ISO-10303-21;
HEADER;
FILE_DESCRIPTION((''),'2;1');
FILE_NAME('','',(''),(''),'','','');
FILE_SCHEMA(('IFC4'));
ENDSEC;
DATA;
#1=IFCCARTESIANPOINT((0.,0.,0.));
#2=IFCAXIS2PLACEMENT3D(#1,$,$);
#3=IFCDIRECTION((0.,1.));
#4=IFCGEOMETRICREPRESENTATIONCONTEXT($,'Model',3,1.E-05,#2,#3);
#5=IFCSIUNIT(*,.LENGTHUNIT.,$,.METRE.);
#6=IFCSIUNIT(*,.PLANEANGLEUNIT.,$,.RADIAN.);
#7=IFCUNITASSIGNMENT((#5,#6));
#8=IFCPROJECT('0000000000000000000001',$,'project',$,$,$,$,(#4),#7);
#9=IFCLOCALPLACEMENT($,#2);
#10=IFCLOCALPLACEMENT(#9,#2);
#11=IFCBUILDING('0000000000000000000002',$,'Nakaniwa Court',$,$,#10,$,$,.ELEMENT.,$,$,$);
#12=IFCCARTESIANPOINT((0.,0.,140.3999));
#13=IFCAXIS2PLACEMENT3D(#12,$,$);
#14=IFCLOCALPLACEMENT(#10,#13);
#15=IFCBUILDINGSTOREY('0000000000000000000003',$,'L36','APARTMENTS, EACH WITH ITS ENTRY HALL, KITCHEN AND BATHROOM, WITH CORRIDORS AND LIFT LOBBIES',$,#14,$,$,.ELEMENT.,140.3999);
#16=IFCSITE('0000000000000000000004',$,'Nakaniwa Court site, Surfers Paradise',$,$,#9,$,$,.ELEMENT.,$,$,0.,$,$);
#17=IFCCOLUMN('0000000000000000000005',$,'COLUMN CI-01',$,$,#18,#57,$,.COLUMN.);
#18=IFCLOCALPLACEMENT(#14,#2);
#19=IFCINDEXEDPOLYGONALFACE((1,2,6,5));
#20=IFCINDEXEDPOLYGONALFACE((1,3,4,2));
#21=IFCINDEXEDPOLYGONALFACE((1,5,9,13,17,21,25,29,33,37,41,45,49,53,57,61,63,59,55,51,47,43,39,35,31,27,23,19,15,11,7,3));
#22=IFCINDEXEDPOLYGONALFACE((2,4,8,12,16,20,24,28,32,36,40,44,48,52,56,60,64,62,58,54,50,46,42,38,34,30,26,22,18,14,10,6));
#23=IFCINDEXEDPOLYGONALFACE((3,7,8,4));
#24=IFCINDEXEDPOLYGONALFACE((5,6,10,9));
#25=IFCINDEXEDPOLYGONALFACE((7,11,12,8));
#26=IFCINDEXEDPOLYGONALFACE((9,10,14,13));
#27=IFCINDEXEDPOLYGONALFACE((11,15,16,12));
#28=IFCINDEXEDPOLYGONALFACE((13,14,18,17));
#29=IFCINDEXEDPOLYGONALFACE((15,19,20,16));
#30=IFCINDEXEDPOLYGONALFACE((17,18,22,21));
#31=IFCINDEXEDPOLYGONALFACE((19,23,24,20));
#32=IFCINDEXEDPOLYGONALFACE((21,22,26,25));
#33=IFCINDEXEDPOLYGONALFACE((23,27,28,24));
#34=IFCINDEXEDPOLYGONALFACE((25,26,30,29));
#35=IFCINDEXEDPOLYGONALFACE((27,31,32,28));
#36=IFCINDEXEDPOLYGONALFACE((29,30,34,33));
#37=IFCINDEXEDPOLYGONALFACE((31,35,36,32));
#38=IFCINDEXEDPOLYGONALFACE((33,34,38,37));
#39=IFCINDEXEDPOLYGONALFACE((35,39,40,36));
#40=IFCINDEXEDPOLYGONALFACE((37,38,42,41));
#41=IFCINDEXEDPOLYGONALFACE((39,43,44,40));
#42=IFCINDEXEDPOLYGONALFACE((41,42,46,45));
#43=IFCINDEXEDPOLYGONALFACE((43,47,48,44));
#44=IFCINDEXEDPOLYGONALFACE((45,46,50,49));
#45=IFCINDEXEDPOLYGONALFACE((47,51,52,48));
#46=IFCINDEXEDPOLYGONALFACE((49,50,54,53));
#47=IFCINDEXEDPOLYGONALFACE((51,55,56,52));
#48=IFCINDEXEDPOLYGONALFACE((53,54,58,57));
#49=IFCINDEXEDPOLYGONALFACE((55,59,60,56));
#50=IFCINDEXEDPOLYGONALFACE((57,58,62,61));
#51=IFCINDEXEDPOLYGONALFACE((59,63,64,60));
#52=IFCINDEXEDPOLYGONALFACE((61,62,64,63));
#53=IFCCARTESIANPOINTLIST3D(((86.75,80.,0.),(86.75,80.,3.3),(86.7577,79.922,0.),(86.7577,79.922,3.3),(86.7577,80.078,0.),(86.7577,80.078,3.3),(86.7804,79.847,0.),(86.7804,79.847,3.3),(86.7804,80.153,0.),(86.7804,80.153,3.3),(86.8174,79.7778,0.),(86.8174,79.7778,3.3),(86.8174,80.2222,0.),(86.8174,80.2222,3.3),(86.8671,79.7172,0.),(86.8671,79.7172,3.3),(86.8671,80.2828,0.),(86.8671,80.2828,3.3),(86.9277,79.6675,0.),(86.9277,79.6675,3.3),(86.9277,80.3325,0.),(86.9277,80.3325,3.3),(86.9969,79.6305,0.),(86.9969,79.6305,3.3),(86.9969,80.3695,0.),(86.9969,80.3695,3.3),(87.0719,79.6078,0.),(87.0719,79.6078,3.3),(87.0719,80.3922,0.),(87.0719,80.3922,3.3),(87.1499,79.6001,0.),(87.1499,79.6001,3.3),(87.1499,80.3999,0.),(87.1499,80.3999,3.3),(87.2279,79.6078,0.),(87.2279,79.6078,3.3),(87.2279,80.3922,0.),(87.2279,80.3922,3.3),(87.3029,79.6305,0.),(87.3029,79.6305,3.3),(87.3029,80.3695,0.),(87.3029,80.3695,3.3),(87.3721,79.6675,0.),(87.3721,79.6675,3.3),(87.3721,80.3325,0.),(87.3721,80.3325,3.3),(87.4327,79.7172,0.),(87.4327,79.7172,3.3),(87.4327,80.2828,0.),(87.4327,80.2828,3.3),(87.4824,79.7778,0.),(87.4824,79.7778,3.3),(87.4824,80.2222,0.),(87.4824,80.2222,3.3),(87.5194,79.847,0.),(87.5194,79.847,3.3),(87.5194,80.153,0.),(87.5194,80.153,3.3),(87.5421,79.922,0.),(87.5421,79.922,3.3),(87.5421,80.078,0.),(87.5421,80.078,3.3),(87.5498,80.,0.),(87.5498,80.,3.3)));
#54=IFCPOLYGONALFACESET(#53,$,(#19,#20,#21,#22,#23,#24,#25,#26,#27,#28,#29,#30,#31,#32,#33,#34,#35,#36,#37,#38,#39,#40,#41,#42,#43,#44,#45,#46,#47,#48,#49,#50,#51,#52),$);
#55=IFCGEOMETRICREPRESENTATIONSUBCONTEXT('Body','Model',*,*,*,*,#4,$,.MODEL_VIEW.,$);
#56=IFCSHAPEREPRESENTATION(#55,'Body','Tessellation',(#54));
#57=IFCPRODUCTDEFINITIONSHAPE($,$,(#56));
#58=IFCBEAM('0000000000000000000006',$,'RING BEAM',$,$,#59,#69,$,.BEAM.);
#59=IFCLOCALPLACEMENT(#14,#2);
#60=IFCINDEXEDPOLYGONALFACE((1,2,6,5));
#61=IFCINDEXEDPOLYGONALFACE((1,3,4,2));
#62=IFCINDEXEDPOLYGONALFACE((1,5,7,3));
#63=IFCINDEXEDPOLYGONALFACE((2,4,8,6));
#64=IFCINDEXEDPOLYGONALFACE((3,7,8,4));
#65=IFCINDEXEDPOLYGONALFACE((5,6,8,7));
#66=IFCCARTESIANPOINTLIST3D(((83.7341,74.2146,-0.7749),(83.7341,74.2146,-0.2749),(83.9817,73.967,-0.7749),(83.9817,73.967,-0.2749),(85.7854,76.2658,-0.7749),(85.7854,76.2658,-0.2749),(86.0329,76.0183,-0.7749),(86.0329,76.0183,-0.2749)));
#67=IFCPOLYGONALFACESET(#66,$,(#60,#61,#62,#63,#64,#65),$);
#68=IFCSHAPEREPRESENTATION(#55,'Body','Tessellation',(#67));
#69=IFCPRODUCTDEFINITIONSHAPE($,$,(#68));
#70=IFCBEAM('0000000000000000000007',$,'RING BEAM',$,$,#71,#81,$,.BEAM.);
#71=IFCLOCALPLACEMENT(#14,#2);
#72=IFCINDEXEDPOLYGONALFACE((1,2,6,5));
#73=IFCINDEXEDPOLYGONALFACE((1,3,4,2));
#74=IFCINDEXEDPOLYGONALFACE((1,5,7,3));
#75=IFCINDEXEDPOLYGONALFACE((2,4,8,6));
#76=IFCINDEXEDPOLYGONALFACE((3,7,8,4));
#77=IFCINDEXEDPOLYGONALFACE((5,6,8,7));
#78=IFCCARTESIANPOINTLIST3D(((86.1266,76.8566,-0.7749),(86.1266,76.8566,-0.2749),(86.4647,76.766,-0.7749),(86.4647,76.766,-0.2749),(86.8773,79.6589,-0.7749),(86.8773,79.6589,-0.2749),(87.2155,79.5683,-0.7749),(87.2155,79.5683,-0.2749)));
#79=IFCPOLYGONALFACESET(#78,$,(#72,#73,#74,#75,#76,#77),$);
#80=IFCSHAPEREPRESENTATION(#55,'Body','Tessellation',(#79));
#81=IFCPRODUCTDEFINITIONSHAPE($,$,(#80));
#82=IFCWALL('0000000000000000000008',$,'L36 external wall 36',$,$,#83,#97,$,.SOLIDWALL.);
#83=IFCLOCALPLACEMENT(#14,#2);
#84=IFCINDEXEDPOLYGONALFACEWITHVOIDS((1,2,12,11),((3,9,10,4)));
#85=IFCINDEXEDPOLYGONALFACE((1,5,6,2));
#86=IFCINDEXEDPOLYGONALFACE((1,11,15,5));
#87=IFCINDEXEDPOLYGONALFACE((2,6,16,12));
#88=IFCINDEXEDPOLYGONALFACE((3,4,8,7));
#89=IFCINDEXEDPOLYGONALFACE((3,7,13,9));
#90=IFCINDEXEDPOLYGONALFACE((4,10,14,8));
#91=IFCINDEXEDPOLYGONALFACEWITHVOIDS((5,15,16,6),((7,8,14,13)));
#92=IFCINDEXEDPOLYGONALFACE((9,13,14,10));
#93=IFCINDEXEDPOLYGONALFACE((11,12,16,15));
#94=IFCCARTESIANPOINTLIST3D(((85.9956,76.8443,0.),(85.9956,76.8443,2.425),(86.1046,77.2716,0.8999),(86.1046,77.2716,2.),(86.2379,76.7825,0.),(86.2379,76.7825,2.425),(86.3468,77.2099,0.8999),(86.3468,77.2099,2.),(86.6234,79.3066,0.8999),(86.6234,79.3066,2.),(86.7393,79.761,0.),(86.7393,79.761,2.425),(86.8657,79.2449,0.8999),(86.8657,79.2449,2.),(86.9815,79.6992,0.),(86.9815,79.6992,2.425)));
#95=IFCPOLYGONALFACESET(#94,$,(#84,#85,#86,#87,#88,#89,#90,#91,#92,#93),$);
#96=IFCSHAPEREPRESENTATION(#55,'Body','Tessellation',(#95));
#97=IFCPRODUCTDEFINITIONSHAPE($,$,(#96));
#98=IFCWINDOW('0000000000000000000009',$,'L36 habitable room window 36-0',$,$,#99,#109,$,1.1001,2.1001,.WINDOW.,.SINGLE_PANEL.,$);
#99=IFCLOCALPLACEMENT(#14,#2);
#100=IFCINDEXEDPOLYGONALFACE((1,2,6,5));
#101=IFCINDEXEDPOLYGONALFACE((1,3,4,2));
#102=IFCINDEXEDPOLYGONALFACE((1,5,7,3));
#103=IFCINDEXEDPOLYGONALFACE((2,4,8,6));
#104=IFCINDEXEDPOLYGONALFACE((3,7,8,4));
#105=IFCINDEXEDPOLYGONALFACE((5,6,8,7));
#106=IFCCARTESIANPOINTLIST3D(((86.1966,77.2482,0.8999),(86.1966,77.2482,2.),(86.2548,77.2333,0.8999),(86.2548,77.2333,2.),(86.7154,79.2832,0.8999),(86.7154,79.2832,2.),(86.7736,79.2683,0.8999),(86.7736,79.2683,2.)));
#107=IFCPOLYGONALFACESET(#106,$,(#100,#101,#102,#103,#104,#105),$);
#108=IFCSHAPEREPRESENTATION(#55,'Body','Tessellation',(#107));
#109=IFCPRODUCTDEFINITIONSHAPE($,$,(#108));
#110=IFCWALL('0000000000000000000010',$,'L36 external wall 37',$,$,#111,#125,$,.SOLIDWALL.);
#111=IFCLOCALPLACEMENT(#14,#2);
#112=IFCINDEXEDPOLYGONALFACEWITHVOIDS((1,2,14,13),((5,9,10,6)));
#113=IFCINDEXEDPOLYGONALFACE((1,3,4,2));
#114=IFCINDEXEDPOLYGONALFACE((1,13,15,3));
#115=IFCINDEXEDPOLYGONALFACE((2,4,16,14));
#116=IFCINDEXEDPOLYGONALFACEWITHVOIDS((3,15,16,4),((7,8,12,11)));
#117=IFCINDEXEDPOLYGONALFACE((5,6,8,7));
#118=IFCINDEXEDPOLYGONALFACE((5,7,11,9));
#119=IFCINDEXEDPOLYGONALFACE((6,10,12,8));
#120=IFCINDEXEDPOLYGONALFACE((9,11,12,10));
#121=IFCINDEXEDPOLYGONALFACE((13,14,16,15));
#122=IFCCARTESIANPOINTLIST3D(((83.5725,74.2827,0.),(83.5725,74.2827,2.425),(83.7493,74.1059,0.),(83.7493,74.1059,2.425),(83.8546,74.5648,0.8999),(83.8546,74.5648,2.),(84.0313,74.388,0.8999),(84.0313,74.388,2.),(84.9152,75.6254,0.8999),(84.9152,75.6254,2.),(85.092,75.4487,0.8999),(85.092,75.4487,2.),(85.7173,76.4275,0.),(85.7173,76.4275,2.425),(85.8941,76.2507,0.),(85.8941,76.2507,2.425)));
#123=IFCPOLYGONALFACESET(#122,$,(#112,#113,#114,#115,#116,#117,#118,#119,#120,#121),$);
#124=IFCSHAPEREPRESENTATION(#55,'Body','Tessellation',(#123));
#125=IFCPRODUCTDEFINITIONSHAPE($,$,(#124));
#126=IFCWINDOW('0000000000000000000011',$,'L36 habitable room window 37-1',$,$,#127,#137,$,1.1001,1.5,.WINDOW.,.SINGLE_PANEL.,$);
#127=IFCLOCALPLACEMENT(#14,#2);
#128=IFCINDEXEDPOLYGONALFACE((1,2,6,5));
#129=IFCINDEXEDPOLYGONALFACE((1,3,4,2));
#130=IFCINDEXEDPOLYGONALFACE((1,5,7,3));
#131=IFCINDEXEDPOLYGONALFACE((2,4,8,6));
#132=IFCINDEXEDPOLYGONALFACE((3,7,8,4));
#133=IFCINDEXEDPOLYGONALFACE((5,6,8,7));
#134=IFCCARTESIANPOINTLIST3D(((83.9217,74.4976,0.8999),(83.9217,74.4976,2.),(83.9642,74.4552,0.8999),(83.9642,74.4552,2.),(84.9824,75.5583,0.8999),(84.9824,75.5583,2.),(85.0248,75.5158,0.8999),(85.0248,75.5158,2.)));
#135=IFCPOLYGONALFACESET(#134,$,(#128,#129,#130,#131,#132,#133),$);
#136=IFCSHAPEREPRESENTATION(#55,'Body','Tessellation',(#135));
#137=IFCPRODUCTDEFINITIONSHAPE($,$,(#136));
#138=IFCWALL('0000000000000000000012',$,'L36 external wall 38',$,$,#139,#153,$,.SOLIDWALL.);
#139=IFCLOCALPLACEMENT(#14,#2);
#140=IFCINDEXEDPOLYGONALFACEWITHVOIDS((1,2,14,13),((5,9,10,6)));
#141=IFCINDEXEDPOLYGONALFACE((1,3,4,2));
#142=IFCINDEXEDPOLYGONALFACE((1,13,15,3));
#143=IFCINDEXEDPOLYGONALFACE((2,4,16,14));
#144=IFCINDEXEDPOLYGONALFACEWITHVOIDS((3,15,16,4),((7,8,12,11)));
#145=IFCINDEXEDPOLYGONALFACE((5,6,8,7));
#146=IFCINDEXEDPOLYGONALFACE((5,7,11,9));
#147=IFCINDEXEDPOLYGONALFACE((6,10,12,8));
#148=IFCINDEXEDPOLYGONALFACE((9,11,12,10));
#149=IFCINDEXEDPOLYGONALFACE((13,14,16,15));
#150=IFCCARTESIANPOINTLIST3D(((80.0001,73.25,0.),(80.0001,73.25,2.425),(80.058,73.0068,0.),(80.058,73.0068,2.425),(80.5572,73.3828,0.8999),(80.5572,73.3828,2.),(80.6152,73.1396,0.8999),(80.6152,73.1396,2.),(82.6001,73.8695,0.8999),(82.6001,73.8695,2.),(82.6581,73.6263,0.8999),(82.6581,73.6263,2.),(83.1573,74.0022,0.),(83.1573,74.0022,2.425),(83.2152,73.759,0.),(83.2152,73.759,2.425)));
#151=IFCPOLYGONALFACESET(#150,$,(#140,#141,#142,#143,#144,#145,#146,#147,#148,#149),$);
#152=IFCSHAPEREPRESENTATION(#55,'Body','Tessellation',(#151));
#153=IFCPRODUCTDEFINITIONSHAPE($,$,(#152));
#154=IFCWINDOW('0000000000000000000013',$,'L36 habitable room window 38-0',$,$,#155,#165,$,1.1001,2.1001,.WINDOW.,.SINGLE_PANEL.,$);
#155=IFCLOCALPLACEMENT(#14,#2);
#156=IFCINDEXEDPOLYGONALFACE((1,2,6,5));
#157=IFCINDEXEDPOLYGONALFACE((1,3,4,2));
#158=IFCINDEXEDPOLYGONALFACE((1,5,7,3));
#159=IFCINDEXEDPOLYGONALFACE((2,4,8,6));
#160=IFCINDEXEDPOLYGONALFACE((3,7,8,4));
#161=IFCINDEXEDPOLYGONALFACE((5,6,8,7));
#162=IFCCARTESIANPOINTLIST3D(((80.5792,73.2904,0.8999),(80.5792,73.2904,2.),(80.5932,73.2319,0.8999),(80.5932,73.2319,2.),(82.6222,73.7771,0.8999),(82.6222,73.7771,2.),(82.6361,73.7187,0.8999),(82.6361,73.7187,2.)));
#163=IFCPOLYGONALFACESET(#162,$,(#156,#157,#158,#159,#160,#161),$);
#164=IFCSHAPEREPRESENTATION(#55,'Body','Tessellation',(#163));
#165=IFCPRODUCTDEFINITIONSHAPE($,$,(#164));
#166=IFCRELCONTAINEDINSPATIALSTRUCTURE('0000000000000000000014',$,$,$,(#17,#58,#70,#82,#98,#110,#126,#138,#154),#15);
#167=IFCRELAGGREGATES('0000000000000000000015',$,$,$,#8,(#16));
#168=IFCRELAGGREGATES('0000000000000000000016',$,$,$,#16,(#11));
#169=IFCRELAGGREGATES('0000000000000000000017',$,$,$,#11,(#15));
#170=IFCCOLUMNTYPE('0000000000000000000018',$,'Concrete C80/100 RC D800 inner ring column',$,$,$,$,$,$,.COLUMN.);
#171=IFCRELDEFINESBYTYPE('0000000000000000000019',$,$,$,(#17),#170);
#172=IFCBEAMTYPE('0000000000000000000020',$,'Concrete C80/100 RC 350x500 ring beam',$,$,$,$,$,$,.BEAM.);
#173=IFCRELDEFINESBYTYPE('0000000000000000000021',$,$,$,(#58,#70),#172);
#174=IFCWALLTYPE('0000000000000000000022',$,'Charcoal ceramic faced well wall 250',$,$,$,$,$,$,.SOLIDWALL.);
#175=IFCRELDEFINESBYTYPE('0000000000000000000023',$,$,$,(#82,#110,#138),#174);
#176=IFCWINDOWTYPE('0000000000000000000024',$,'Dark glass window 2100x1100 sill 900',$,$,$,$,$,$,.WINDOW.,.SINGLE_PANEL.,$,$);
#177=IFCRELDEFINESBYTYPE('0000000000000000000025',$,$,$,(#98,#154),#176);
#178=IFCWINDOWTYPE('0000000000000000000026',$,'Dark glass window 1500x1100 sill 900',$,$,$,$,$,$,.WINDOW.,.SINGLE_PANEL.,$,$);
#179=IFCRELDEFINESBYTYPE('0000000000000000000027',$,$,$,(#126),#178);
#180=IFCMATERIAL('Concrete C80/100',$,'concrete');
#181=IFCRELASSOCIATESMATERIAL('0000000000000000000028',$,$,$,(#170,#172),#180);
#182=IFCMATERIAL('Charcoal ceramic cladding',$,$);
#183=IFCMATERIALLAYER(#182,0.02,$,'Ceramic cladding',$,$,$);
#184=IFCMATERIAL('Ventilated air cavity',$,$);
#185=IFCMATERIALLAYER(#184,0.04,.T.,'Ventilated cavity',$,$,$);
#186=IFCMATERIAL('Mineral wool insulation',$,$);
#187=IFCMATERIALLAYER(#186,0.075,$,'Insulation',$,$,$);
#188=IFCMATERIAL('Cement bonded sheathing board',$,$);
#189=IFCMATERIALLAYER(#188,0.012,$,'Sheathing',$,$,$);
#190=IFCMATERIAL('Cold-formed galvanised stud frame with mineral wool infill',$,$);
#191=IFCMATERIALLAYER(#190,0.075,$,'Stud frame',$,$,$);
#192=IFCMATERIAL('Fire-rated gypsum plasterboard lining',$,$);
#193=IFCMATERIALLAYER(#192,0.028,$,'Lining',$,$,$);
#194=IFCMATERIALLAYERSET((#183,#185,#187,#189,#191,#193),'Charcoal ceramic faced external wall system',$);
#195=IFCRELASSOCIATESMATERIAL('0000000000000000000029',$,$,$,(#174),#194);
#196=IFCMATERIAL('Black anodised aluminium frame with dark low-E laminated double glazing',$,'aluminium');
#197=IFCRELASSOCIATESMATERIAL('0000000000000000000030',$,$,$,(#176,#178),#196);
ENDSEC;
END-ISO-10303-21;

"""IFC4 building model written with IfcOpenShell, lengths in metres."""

from ifc_helpers import new_model, si_unit, direction, frame, frame_2d, origin, origin_2d, place, context, subcontext, project, spatial, rectangle, circle, extrude, material, layer, layer_set, material_profile, profile_set, type_object, element, fill, save


model = new_model("IFC4")

# Units and contexts
model_context = context("Model", 3, precision=1e-05, world=origin(), true_north=direction((0.0, 1.0)))
body_context = subcontext(model_context, "Body", "Model", "MODEL_VIEW")
ifc_project = project(units=[si_unit("LENGTHUNIT", "METRE"), si_unit("PLANEANGLEUNIT", "RADIAN")], contexts=[model_context])

# Site, building, storey
site_placement = place(None, origin())
site = spatial("IfcSite", under=ifc_project, at=site_placement, Name="Nakaniwa Court site, Surfers Paradise", CompositionType="ELEMENT", RefElevation=0.0)
building_placement = place(site_placement, origin())
building = spatial("IfcBuilding", under=site, at=building_placement, Name="Nakaniwa Court", CompositionType="ELEMENT")
storey_placement = place(building_placement, frame((0.0, 0.0, 140.3999)))
storey = spatial("IfcBuildingStorey", under=building, at=storey_placement, Name="L36", Description="APARTMENTS, EACH WITH ITS ENTRY HALL, KITCHEN AND BATHROOM, WITH CORRIDORS AND LIFT LOBBIES", CompositionType="ELEMENT", Elevation=140.3999)

# Column
ifc_material_1 = material(Name="Concrete C80/100", Category="concrete")
ifc_material_profile_1 = material_profile(ifc_material_1, circle(Radius=0.3999, at=origin_2d()), Name="Concrete C80/100 RC D800 inner ring column")
ifc_profile_set_1 = profile_set([ifc_material_profile_1], Name="Concrete C80/100")
column_type = type_object("IfcColumnType", Name="Concrete C80/100 RC D800 inner ring column", PredefinedType="COLUMN", material=ifc_profile_set_1)
for number, where, z_axis, x_axis, name in (
    (1, (87.1499, 80.0, 0.0), (0.0, 0.0, 1.0), (0.0, 1.0, 0.0), "COLUMN CI-01"),
):
    element("IfcColumn", number, at=place(storey_placement, frame(where, z_axis=z_axis, x_axis=x_axis)), inside=storey, type_object=column_type, Name=name, PredefinedType="COLUMN", context=body_context, shape_type="SweptSolid", body=[
        extrude(circle(Radius=0.3999, at=origin_2d()), origin(), (0.0, 0.0, 1.0), 3.3),
    ])

# Beams
ifc_material_profile_2 = material_profile(ifc_material_1, rectangle(XDim=0.3501, YDim=0.5, at=origin_2d()), Name="Concrete C80/100 RC 350x500 ring beam")
ifc_profile_set_2 = profile_set([ifc_material_profile_2], Name="Concrete C80/100")
beam_type = type_object("IfcBeamType", Name="Concrete C80/100 RC 350x500 ring beam", PredefinedType="BEAM", material=ifc_profile_set_2)
beam_1_placement = place(storey_placement, frame((83.8579, 74.0908, -0.5249), z_axis=(0.707107, 0.707107, 0.0), x_axis=(-0.707107, 0.707107, 0.0)))
element("IfcBeam", 2, at=beam_1_placement, inside=storey, type_object=beam_type, Name="RING BEAM", PredefinedType="BEAM", context=body_context, shape_type="SweptSolid", body=[
    extrude(rectangle(XDim=0.3501, YDim=0.5, at=origin_2d()), origin(), (0.0, 0.0, 1.0), 2.9009),
])
beam_2_placement = place(storey_placement, frame((86.2957, 76.8113, -0.5249), z_axis=(0.258778, 0.965937, 0.0), x_axis=(-0.965937, 0.258778, 0.0)))
element("IfcBeam", 3, at=beam_2_placement, inside=storey, type_object=beam_type, Name="RING BEAM", PredefinedType="BEAM", context=body_context, shape_type="SweptSolid", body=[
    extrude(rectangle(XDim=0.3501, YDim=0.5, at=origin_2d()), origin(), (0.0, 0.0, 1.0), 2.9011),
])

# Walls, openings, windows
ifc_material_2 = material(Name="Charcoal ceramic cladding")
ifc_layer_1 = layer(ifc_material_2, 0.02, Name="Ceramic cladding")
ifc_material_3 = material(Name="Ventilated air cavity")
ifc_layer_2 = layer(ifc_material_3, 0.04, ventilated=True, Name="Ventilated cavity")
ifc_material_4 = material(Name="Mineral wool insulation")
ifc_layer_3 = layer(ifc_material_4, 0.075, Name="Insulation")
ifc_material_5 = material(Name="Cement bonded sheathing board")
ifc_layer_4 = layer(ifc_material_5, 0.012, Name="Sheathing")
ifc_material_6 = material(Name="Cold-formed galvanised stud frame with mineral wool infill")
ifc_layer_5 = layer(ifc_material_6, 0.075, Name="Stud frame")
ifc_material_7 = material(Name="Fire-rated gypsum plasterboard lining")
ifc_layer_6 = layer(ifc_material_7, 0.028, Name="Lining")
ifc_layer_set_1 = layer_set([ifc_layer_1, ifc_layer_2, ifc_layer_3, ifc_layer_4, ifc_layer_5, ifc_layer_6], Name="Charcoal ceramic faced external wall system")
wall_type_1 = type_object("IfcWallType", Name="Charcoal ceramic faced well wall 250", PredefinedType="SOLIDWALL", material=ifc_layer_set_1)
wall_1_placement = place(storey_placement, frame((86.8604, 79.73, 0.0), z_axis=(0.0, 0.0, 1.0), x_axis=(-0.247056, -0.969001, 0.0)))
wall_1 = element("IfcWall", 4, at=wall_1_placement, inside=storey, type_object=wall_type_1, Name="L36 external wall 36", PredefinedType="SOLIDWALL", context=body_context, shape_type="SweptSolid", body=[
    extrude(rectangle(XDim=3.01, YDim=0.25, at=frame_2d((1.5049, 0.0))), origin(), (0.0, 0.0, 1.0), 2.425),
])
opening_1_placement = place(wall_1_placement, frame((0.4688, 0.0, 0.8999)))
opening_1 = element("IfcOpeningElement", 5, at=opening_1_placement, cuts=wall_1, PredefinedType="OPENING", context=body_context, shape_type="SweptSolid", body=[
    extrude(rectangle(XDim=2.1001, YDim=1.1001, at=frame_2d((1.05, 0.55))), frame((0.0, 0.135, 0.0), z_axis=(0.0, -1.0, 0.0), x_axis=(1.0, 0.0, 0.0)), (0.0, 0.0, 1.0), 0.27),
])
ifc_material_8 = material(Name="Black anodised aluminium frame with dark low-E laminated double glazing", Category="aluminium")
window_type_1 = type_object("IfcWindowType", Name="Dark glass window 2100x1100 sill 900", PartitioningType="SINGLE_PANEL", PredefinedType="WINDOW", material=ifc_material_8)
window_1_placement = place(opening_1_placement, origin())
window_1 = element("IfcWindow", 6, at=window_1_placement, inside=storey, type_object=window_type_1, Name="L36 habitable room window 36-0", OverallHeight=1.1001, OverallWidth=2.1001, PartitioningType="SINGLE_PANEL", PredefinedType="WINDOW", context=body_context, shape_type="SweptSolid", body=[
    extrude(rectangle(XDim=2.1001, YDim=1.1001, at=frame_2d((1.05, 0.55))), frame((0.0, 0.03, 0.0), z_axis=(0.0, -1.0, 0.0), x_axis=(1.0, 0.0, 0.0)), (0.0, 0.0, 1.0), 0.0601),
])
fill(opening_1, window_1)
wall_2_placement = place(storey_placement, frame((85.8057, 76.3391, 0.0), z_axis=(0.0, 0.0, 1.0), x_axis=(-0.707107, -0.707107, 0.0)))
wall_2 = element("IfcWall", 7, at=wall_2_placement, inside=storey, type_object=wall_type_1, Name="L36 external wall 37", PredefinedType="SOLIDWALL", context=body_context, shape_type="SweptSolid", body=[
    extrude(rectangle(XDim=3.0332, YDim=0.25, at=frame_2d((1.5166, 0.0))), origin(), (0.0, 0.0, 1.0), 2.425),
])
opening_2_placement = place(wall_2_placement, frame((1.1343, 0.0, 0.8999)))
opening_2 = element("IfcOpeningElement", 8, at=opening_2_placement, cuts=wall_2, PredefinedType="OPENING", context=body_context, shape_type="SweptSolid", body=[
    extrude(rectangle(XDim=1.5, YDim=1.1001, at=frame_2d((0.75, 0.55))), frame((0.0, 0.135, 0.0), z_axis=(0.0, -1.0, 0.0), x_axis=(1.0, 0.0, 0.0)), (0.0, 0.0, 1.0), 0.27),
])
window_type_2 = type_object("IfcWindowType", Name="Dark glass window 1500x1100 sill 900", PartitioningType="SINGLE_PANEL", PredefinedType="WINDOW", material=ifc_material_8)
window_2_placement = place(opening_2_placement, origin())
window_2 = element("IfcWindow", 9, at=window_2_placement, inside=storey, type_object=window_type_2, Name="L36 habitable room window 37-1", OverallHeight=1.1001, OverallWidth=1.5, PartitioningType="SINGLE_PANEL", PredefinedType="WINDOW", context=body_context, shape_type="SweptSolid", body=[
    extrude(rectangle(XDim=1.5, YDim=1.1001, at=frame_2d((0.75, 0.55))), frame((0.0, 0.03, 0.0), z_axis=(0.0, -1.0, 0.0), x_axis=(1.0, 0.0, 0.0)), (0.0, 0.0, 1.0), 0.0601),
])
fill(opening_2, window_2)
wall_3_placement = place(storey_placement, frame((83.1863, 73.8806, 0.0), z_axis=(0.0, 0.0, 1.0), x_axis=(-0.972773, -0.23176, 0.0)))
wall_3 = element("IfcWall", 10, at=wall_3_placement, inside=storey, type_object=wall_type_1, Name="L36 external wall 38", PredefinedType="SOLIDWALL", context=body_context, shape_type="SweptSolid", body=[
    extrude(rectangle(XDim=3.2456, YDim=0.25, at=frame_2d((1.6228, 0.0))), origin(), (0.0, 0.0, 1.0), 2.425),
])
opening_3_placement = place(wall_3_placement, frame((0.5728, 0.0, 0.8999)))
opening_3 = element("IfcOpeningElement", 11, at=opening_3_placement, cuts=wall_3, PredefinedType="OPENING", context=body_context, shape_type="SweptSolid", body=[
    extrude(rectangle(XDim=2.1001, YDim=1.1001, at=frame_2d((1.05, 0.55))), frame((0.0, 0.135, 0.0), z_axis=(0.0, -1.0, 0.0), x_axis=(1.0, 0.0, 0.0)), (0.0, 0.0, 1.0), 0.27),
])
window_3_placement = place(opening_3_placement, origin())
window_3 = element("IfcWindow", 12, at=window_3_placement, inside=storey, type_object=window_type_1, Name="L36 habitable room window 38-0", OverallHeight=1.1001, OverallWidth=2.1001, PartitioningType="SINGLE_PANEL", PredefinedType="WINDOW", context=body_context, shape_type="SweptSolid", body=[
    extrude(rectangle(XDim=2.1001, YDim=1.1001, at=frame_2d((1.05, 0.55))), frame((0.0, 0.03, 0.0), z_axis=(0.0, -1.0, 0.0), x_axis=(1.0, 0.0, 0.0)), (0.0, 0.0, 1.0), 0.0601),
])
fill(opening_3, window_3)

save(model, "model.ifc")
